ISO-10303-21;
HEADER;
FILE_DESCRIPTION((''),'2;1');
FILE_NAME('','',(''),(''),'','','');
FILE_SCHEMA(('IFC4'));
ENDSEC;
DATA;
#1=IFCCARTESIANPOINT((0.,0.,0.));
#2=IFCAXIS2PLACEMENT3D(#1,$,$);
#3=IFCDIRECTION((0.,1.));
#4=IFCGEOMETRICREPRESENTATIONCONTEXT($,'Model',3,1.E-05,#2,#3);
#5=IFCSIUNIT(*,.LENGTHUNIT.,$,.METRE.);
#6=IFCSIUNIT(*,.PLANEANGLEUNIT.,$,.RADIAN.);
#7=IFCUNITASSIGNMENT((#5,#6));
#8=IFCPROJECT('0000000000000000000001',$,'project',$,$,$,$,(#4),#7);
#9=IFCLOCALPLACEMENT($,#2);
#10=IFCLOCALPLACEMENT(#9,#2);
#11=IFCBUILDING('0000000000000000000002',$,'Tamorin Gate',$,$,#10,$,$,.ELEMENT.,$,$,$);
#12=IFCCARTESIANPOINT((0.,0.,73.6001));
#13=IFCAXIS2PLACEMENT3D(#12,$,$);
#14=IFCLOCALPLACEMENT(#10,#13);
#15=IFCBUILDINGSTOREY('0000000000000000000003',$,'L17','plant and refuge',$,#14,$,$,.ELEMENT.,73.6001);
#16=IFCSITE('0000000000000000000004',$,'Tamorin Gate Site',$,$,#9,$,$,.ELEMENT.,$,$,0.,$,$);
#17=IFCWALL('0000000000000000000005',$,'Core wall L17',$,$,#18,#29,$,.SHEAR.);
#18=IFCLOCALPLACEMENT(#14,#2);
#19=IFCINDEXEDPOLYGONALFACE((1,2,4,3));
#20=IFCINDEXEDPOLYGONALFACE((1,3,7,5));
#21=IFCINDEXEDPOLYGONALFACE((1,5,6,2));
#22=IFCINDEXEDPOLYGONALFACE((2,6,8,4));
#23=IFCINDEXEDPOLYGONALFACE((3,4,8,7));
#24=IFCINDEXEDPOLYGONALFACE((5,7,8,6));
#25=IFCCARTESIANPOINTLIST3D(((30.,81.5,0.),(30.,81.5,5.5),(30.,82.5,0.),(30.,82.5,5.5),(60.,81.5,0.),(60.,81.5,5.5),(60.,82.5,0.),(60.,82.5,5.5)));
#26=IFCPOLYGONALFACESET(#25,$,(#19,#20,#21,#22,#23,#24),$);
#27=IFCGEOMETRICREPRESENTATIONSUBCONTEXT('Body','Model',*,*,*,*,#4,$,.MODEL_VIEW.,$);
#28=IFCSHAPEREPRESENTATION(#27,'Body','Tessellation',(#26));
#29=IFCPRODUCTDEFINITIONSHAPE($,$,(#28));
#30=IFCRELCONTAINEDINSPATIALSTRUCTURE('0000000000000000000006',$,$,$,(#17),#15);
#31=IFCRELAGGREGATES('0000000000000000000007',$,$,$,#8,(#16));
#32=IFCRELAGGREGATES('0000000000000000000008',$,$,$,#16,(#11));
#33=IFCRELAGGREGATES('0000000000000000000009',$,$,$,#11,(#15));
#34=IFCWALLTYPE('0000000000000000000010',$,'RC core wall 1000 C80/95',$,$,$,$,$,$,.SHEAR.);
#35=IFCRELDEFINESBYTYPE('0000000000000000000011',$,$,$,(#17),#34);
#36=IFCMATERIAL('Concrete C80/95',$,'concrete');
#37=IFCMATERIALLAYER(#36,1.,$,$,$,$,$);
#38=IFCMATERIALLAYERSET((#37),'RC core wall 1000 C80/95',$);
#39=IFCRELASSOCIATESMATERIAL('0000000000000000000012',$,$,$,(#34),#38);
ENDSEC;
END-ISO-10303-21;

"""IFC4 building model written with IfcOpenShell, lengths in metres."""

from ifc_helpers import new_model, si_unit, direction, frame, frame_2d, origin, place, context, subcontext, project, spatial, rectangle, extrude, material, layer, layer_set, type_object, element, save


model = new_model("IFC4")

# Units and contexts
model_context = context("Model", 3, precision=1e-05, world=origin(), true_north=direction((0.0, 1.0)))
body_context = subcontext(model_context, "Body", "Model", "MODEL_VIEW")
ifc_project = project(units=[si_unit("LENGTHUNIT", "METRE"), si_unit("PLANEANGLEUNIT", "RADIAN")], contexts=[model_context])

# Site, building, storey
site_placement = place(None, origin())
site = spatial("IfcSite", under=ifc_project, at=site_placement, Name="Tamorin Gate Site", CompositionType="ELEMENT", RefElevation=0.0)
building_placement = place(site_placement, origin())
building = spatial("IfcBuilding", under=site, at=building_placement, Name="Tamorin Gate", CompositionType="ELEMENT")
storey_placement = place(building_placement, frame((0.0, 0.0, 73.6001)))
storey = spatial("IfcBuildingStorey", under=building, at=storey_placement, Name="L17", Description="plant and refuge", CompositionType="ELEMENT", Elevation=73.6001)

# Shared definitions
ifc_material_1 = material(Name="Concrete C80/95", Category="concrete")

# Wall
ifc_layer_1 = layer(ifc_material_1, 1.0)
ifc_layer_set_1 = layer_set([ifc_layer_1], Name="RC core wall 1000 C80/95")
wall_type_1 = type_object("IfcWallType", Name="RC core wall 1000 C80/95", PredefinedType="SHEAR", material=ifc_layer_set_1)
wall_1_placement = place(storey_placement, frame((30.0, 82.0, 0.0), z_axis=(0.0, 0.0, 1.0), x_axis=(1.0, 0.0, 0.0)))
element("IfcWall", 1, at=wall_1_placement, inside=storey, type_object=wall_type_1, Name="Core wall L17", PredefinedType="SHEAR", context=body_context, shape_type="SweptSolid", body=[
    extrude(rectangle(XDim=30.0, YDim=1.0, at=frame_2d((15.0, 0.0))), origin(), (0.0, 0.0, 1.0), 5.5),
])

save(model, "model.ifc")
